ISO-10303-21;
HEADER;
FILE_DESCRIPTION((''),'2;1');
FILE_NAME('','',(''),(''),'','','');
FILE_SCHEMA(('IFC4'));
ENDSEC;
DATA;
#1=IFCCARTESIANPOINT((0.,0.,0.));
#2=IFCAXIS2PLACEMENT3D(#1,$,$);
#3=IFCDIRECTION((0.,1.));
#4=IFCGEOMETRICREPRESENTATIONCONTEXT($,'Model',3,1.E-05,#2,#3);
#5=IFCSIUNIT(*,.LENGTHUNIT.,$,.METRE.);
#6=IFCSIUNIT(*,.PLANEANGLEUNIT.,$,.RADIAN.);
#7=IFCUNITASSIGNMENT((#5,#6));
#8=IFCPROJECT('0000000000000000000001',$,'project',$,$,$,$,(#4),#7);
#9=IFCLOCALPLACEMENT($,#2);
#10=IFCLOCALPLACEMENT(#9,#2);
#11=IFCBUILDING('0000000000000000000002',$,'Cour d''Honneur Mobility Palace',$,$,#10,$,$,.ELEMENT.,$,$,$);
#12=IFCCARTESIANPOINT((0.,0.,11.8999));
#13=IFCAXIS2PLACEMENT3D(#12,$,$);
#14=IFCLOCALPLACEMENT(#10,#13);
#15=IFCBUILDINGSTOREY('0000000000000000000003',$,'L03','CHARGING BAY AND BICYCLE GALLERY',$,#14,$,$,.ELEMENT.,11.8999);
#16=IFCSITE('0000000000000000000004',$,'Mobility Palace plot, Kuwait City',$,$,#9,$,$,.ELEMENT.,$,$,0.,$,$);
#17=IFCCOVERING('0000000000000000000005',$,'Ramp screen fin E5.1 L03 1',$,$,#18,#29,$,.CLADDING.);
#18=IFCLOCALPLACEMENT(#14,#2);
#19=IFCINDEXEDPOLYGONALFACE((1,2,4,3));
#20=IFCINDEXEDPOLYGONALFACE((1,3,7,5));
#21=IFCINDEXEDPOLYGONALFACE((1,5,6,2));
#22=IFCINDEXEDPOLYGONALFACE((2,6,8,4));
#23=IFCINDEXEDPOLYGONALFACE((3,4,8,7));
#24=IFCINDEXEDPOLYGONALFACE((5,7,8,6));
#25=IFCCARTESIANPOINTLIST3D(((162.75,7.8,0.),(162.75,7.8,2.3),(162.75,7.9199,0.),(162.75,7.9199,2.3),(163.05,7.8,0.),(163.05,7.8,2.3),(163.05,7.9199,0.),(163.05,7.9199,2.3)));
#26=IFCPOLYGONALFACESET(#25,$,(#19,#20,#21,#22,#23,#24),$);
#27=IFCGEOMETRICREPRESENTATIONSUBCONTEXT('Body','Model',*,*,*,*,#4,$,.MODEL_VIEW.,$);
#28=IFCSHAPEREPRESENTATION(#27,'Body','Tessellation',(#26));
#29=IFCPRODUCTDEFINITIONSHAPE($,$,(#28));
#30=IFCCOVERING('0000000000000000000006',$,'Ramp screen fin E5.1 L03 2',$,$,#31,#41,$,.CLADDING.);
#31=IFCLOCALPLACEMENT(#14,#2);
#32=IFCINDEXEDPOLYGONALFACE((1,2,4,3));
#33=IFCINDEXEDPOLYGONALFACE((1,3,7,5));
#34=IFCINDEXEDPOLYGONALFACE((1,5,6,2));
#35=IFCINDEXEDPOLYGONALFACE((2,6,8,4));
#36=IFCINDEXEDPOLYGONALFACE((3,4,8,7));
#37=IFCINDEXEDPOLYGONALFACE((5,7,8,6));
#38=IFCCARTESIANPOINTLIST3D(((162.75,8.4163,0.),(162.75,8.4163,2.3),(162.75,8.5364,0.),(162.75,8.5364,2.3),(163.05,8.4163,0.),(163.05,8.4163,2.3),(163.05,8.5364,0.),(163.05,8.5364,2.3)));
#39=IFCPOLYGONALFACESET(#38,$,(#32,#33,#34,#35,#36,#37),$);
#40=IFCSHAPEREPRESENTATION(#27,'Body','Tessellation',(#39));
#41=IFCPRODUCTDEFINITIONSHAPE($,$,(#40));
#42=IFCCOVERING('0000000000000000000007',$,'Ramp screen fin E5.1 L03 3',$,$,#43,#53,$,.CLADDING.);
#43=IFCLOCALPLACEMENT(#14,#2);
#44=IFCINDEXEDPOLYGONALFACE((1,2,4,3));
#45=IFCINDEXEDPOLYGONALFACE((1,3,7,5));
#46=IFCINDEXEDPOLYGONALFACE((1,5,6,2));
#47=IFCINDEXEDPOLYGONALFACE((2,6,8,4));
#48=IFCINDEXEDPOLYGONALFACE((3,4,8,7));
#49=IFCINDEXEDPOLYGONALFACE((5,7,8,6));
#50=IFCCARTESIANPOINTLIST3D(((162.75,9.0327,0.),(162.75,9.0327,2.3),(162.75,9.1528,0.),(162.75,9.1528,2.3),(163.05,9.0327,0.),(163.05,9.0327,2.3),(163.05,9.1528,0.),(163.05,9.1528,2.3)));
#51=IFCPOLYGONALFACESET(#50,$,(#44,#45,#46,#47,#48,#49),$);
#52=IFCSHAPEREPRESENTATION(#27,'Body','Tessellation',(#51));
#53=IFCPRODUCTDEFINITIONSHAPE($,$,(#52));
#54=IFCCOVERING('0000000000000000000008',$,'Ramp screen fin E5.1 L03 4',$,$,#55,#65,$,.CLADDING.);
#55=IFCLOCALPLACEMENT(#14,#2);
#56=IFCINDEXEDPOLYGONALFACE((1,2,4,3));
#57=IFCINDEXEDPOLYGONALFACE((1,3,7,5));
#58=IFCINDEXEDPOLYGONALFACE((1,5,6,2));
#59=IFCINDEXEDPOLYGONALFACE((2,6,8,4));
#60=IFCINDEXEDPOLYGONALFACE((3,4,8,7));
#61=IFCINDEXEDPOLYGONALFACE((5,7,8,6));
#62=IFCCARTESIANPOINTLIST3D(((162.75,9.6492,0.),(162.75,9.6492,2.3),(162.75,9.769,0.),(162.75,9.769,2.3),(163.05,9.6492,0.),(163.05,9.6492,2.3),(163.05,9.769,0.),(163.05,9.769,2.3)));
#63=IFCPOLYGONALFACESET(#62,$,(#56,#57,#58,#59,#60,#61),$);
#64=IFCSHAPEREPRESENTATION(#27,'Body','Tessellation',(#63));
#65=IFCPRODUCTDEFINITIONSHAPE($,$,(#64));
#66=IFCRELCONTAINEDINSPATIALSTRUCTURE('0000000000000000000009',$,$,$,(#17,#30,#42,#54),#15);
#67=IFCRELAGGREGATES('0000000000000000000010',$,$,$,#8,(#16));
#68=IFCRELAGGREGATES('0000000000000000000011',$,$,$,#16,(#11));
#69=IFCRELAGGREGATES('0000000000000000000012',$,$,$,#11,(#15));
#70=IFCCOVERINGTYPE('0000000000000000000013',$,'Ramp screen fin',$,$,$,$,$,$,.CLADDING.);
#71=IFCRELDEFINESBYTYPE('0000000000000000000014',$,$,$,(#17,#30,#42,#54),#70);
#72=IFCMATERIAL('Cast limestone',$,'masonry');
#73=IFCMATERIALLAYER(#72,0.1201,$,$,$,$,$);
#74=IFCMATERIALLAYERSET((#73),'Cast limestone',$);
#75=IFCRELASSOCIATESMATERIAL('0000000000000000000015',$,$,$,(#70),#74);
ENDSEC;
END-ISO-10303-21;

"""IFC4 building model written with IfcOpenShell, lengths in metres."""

from ifc_helpers import new_model, si_unit, direction, frame, origin, place, context, subcontext, project, spatial, polyline, outline, extrude, material, layer, layer_set, type_object, element, save


model = new_model("IFC4")

# Units and contexts
model_context = context("Model", 3, precision=1e-05, world=origin(), true_north=direction((0.0, 1.0)))
body_context = subcontext(model_context, "Body", "Model", "MODEL_VIEW")
ifc_project = project(units=[si_unit("LENGTHUNIT", "METRE"), si_unit("PLANEANGLEUNIT", "RADIAN")], contexts=[model_context])

# Site, building, storey
site_placement = place(None, origin())
site = spatial("IfcSite", under=ifc_project, at=site_placement, Name="Mobility Palace plot, Kuwait City", CompositionType="ELEMENT", RefElevation=0.0)
building_placement = place(site_placement, origin())
building = spatial("IfcBuilding", under=site, at=building_placement, Name="Cour d'Honneur Mobility Palace", CompositionType="ELEMENT")
storey_placement = place(building_placement, frame((0.0, 0.0, 11.8999)))
storey = spatial("IfcBuildingStorey", under=building, at=storey_placement, Name="L03", Description="CHARGING BAY AND BICYCLE GALLERY", CompositionType="ELEMENT", Elevation=11.8999)

# Coverings
ifc_material_1 = material(Name="Cast limestone", Category="masonry")
ifc_layer_1 = layer(ifc_material_1, 0.1201)
ifc_layer_set_1 = layer_set([ifc_layer_1], Name="Cast limestone")
covering_type = type_object("IfcCoveringType", Name="Ramp screen fin", PredefinedType="CLADDING", material=ifc_layer_set_1)
covering_1_placement = place(storey_placement, origin())
element("IfcCovering", 1, at=covering_1_placement, inside=storey, type_object=covering_type, Name="Ramp screen fin E5.1 L03 1", PredefinedType="CLADDING", context=body_context, shape_type="SweptSolid", body=[
    extrude(outline(polyline([(162.75, 7.8), (162.75, 7.9199), (163.05, 7.9199), (163.05, 7.8), (162.75, 7.8)])), origin(), (0.0, 0.0, 1.0), 2.3),
])
covering_2_placement = place(storey_placement, origin())
element("IfcCovering", 2, at=covering_2_placement, inside=storey, type_object=covering_type, Name="Ramp screen fin E5.1 L03 2", PredefinedType="CLADDING", context=body_context, shape_type="SweptSolid", body=[
    extrude(outline(polyline([(162.75, 8.4163), (162.75, 8.5364), (163.05, 8.5364), (163.05, 8.4163), (162.75, 8.4163)])), origin(), (0.0, 0.0, 1.0), 2.3),
])
covering_3_placement = place(storey_placement, origin())
element("IfcCovering", 3, at=covering_3_placement, inside=storey, type_object=covering_type, Name="Ramp screen fin E5.1 L03 3", PredefinedType="CLADDING", context=body_context, shape_type="SweptSolid", body=[
    extrude(outline(polyline([(162.75, 9.0327), (162.75, 9.1528), (163.05, 9.1528), (163.05, 9.0327), (162.75, 9.0327)])), origin(), (0.0, 0.0, 1.0), 2.3),
])
covering_4_placement = place(storey_placement, origin())
element("IfcCovering", 4, at=covering_4_placement, inside=storey, type_object=covering_type, Name="Ramp screen fin E5.1 L03 4", PredefinedType="CLADDING", context=body_context, shape_type="SweptSolid", body=[
    extrude(outline(polyline([(162.75, 9.6492), (162.75, 9.769), (163.05, 9.769), (163.05, 9.6492), (162.75, 9.6492)])), origin(), (0.0, 0.0, 1.0), 2.3),
])

save(model, "model.ifc")
